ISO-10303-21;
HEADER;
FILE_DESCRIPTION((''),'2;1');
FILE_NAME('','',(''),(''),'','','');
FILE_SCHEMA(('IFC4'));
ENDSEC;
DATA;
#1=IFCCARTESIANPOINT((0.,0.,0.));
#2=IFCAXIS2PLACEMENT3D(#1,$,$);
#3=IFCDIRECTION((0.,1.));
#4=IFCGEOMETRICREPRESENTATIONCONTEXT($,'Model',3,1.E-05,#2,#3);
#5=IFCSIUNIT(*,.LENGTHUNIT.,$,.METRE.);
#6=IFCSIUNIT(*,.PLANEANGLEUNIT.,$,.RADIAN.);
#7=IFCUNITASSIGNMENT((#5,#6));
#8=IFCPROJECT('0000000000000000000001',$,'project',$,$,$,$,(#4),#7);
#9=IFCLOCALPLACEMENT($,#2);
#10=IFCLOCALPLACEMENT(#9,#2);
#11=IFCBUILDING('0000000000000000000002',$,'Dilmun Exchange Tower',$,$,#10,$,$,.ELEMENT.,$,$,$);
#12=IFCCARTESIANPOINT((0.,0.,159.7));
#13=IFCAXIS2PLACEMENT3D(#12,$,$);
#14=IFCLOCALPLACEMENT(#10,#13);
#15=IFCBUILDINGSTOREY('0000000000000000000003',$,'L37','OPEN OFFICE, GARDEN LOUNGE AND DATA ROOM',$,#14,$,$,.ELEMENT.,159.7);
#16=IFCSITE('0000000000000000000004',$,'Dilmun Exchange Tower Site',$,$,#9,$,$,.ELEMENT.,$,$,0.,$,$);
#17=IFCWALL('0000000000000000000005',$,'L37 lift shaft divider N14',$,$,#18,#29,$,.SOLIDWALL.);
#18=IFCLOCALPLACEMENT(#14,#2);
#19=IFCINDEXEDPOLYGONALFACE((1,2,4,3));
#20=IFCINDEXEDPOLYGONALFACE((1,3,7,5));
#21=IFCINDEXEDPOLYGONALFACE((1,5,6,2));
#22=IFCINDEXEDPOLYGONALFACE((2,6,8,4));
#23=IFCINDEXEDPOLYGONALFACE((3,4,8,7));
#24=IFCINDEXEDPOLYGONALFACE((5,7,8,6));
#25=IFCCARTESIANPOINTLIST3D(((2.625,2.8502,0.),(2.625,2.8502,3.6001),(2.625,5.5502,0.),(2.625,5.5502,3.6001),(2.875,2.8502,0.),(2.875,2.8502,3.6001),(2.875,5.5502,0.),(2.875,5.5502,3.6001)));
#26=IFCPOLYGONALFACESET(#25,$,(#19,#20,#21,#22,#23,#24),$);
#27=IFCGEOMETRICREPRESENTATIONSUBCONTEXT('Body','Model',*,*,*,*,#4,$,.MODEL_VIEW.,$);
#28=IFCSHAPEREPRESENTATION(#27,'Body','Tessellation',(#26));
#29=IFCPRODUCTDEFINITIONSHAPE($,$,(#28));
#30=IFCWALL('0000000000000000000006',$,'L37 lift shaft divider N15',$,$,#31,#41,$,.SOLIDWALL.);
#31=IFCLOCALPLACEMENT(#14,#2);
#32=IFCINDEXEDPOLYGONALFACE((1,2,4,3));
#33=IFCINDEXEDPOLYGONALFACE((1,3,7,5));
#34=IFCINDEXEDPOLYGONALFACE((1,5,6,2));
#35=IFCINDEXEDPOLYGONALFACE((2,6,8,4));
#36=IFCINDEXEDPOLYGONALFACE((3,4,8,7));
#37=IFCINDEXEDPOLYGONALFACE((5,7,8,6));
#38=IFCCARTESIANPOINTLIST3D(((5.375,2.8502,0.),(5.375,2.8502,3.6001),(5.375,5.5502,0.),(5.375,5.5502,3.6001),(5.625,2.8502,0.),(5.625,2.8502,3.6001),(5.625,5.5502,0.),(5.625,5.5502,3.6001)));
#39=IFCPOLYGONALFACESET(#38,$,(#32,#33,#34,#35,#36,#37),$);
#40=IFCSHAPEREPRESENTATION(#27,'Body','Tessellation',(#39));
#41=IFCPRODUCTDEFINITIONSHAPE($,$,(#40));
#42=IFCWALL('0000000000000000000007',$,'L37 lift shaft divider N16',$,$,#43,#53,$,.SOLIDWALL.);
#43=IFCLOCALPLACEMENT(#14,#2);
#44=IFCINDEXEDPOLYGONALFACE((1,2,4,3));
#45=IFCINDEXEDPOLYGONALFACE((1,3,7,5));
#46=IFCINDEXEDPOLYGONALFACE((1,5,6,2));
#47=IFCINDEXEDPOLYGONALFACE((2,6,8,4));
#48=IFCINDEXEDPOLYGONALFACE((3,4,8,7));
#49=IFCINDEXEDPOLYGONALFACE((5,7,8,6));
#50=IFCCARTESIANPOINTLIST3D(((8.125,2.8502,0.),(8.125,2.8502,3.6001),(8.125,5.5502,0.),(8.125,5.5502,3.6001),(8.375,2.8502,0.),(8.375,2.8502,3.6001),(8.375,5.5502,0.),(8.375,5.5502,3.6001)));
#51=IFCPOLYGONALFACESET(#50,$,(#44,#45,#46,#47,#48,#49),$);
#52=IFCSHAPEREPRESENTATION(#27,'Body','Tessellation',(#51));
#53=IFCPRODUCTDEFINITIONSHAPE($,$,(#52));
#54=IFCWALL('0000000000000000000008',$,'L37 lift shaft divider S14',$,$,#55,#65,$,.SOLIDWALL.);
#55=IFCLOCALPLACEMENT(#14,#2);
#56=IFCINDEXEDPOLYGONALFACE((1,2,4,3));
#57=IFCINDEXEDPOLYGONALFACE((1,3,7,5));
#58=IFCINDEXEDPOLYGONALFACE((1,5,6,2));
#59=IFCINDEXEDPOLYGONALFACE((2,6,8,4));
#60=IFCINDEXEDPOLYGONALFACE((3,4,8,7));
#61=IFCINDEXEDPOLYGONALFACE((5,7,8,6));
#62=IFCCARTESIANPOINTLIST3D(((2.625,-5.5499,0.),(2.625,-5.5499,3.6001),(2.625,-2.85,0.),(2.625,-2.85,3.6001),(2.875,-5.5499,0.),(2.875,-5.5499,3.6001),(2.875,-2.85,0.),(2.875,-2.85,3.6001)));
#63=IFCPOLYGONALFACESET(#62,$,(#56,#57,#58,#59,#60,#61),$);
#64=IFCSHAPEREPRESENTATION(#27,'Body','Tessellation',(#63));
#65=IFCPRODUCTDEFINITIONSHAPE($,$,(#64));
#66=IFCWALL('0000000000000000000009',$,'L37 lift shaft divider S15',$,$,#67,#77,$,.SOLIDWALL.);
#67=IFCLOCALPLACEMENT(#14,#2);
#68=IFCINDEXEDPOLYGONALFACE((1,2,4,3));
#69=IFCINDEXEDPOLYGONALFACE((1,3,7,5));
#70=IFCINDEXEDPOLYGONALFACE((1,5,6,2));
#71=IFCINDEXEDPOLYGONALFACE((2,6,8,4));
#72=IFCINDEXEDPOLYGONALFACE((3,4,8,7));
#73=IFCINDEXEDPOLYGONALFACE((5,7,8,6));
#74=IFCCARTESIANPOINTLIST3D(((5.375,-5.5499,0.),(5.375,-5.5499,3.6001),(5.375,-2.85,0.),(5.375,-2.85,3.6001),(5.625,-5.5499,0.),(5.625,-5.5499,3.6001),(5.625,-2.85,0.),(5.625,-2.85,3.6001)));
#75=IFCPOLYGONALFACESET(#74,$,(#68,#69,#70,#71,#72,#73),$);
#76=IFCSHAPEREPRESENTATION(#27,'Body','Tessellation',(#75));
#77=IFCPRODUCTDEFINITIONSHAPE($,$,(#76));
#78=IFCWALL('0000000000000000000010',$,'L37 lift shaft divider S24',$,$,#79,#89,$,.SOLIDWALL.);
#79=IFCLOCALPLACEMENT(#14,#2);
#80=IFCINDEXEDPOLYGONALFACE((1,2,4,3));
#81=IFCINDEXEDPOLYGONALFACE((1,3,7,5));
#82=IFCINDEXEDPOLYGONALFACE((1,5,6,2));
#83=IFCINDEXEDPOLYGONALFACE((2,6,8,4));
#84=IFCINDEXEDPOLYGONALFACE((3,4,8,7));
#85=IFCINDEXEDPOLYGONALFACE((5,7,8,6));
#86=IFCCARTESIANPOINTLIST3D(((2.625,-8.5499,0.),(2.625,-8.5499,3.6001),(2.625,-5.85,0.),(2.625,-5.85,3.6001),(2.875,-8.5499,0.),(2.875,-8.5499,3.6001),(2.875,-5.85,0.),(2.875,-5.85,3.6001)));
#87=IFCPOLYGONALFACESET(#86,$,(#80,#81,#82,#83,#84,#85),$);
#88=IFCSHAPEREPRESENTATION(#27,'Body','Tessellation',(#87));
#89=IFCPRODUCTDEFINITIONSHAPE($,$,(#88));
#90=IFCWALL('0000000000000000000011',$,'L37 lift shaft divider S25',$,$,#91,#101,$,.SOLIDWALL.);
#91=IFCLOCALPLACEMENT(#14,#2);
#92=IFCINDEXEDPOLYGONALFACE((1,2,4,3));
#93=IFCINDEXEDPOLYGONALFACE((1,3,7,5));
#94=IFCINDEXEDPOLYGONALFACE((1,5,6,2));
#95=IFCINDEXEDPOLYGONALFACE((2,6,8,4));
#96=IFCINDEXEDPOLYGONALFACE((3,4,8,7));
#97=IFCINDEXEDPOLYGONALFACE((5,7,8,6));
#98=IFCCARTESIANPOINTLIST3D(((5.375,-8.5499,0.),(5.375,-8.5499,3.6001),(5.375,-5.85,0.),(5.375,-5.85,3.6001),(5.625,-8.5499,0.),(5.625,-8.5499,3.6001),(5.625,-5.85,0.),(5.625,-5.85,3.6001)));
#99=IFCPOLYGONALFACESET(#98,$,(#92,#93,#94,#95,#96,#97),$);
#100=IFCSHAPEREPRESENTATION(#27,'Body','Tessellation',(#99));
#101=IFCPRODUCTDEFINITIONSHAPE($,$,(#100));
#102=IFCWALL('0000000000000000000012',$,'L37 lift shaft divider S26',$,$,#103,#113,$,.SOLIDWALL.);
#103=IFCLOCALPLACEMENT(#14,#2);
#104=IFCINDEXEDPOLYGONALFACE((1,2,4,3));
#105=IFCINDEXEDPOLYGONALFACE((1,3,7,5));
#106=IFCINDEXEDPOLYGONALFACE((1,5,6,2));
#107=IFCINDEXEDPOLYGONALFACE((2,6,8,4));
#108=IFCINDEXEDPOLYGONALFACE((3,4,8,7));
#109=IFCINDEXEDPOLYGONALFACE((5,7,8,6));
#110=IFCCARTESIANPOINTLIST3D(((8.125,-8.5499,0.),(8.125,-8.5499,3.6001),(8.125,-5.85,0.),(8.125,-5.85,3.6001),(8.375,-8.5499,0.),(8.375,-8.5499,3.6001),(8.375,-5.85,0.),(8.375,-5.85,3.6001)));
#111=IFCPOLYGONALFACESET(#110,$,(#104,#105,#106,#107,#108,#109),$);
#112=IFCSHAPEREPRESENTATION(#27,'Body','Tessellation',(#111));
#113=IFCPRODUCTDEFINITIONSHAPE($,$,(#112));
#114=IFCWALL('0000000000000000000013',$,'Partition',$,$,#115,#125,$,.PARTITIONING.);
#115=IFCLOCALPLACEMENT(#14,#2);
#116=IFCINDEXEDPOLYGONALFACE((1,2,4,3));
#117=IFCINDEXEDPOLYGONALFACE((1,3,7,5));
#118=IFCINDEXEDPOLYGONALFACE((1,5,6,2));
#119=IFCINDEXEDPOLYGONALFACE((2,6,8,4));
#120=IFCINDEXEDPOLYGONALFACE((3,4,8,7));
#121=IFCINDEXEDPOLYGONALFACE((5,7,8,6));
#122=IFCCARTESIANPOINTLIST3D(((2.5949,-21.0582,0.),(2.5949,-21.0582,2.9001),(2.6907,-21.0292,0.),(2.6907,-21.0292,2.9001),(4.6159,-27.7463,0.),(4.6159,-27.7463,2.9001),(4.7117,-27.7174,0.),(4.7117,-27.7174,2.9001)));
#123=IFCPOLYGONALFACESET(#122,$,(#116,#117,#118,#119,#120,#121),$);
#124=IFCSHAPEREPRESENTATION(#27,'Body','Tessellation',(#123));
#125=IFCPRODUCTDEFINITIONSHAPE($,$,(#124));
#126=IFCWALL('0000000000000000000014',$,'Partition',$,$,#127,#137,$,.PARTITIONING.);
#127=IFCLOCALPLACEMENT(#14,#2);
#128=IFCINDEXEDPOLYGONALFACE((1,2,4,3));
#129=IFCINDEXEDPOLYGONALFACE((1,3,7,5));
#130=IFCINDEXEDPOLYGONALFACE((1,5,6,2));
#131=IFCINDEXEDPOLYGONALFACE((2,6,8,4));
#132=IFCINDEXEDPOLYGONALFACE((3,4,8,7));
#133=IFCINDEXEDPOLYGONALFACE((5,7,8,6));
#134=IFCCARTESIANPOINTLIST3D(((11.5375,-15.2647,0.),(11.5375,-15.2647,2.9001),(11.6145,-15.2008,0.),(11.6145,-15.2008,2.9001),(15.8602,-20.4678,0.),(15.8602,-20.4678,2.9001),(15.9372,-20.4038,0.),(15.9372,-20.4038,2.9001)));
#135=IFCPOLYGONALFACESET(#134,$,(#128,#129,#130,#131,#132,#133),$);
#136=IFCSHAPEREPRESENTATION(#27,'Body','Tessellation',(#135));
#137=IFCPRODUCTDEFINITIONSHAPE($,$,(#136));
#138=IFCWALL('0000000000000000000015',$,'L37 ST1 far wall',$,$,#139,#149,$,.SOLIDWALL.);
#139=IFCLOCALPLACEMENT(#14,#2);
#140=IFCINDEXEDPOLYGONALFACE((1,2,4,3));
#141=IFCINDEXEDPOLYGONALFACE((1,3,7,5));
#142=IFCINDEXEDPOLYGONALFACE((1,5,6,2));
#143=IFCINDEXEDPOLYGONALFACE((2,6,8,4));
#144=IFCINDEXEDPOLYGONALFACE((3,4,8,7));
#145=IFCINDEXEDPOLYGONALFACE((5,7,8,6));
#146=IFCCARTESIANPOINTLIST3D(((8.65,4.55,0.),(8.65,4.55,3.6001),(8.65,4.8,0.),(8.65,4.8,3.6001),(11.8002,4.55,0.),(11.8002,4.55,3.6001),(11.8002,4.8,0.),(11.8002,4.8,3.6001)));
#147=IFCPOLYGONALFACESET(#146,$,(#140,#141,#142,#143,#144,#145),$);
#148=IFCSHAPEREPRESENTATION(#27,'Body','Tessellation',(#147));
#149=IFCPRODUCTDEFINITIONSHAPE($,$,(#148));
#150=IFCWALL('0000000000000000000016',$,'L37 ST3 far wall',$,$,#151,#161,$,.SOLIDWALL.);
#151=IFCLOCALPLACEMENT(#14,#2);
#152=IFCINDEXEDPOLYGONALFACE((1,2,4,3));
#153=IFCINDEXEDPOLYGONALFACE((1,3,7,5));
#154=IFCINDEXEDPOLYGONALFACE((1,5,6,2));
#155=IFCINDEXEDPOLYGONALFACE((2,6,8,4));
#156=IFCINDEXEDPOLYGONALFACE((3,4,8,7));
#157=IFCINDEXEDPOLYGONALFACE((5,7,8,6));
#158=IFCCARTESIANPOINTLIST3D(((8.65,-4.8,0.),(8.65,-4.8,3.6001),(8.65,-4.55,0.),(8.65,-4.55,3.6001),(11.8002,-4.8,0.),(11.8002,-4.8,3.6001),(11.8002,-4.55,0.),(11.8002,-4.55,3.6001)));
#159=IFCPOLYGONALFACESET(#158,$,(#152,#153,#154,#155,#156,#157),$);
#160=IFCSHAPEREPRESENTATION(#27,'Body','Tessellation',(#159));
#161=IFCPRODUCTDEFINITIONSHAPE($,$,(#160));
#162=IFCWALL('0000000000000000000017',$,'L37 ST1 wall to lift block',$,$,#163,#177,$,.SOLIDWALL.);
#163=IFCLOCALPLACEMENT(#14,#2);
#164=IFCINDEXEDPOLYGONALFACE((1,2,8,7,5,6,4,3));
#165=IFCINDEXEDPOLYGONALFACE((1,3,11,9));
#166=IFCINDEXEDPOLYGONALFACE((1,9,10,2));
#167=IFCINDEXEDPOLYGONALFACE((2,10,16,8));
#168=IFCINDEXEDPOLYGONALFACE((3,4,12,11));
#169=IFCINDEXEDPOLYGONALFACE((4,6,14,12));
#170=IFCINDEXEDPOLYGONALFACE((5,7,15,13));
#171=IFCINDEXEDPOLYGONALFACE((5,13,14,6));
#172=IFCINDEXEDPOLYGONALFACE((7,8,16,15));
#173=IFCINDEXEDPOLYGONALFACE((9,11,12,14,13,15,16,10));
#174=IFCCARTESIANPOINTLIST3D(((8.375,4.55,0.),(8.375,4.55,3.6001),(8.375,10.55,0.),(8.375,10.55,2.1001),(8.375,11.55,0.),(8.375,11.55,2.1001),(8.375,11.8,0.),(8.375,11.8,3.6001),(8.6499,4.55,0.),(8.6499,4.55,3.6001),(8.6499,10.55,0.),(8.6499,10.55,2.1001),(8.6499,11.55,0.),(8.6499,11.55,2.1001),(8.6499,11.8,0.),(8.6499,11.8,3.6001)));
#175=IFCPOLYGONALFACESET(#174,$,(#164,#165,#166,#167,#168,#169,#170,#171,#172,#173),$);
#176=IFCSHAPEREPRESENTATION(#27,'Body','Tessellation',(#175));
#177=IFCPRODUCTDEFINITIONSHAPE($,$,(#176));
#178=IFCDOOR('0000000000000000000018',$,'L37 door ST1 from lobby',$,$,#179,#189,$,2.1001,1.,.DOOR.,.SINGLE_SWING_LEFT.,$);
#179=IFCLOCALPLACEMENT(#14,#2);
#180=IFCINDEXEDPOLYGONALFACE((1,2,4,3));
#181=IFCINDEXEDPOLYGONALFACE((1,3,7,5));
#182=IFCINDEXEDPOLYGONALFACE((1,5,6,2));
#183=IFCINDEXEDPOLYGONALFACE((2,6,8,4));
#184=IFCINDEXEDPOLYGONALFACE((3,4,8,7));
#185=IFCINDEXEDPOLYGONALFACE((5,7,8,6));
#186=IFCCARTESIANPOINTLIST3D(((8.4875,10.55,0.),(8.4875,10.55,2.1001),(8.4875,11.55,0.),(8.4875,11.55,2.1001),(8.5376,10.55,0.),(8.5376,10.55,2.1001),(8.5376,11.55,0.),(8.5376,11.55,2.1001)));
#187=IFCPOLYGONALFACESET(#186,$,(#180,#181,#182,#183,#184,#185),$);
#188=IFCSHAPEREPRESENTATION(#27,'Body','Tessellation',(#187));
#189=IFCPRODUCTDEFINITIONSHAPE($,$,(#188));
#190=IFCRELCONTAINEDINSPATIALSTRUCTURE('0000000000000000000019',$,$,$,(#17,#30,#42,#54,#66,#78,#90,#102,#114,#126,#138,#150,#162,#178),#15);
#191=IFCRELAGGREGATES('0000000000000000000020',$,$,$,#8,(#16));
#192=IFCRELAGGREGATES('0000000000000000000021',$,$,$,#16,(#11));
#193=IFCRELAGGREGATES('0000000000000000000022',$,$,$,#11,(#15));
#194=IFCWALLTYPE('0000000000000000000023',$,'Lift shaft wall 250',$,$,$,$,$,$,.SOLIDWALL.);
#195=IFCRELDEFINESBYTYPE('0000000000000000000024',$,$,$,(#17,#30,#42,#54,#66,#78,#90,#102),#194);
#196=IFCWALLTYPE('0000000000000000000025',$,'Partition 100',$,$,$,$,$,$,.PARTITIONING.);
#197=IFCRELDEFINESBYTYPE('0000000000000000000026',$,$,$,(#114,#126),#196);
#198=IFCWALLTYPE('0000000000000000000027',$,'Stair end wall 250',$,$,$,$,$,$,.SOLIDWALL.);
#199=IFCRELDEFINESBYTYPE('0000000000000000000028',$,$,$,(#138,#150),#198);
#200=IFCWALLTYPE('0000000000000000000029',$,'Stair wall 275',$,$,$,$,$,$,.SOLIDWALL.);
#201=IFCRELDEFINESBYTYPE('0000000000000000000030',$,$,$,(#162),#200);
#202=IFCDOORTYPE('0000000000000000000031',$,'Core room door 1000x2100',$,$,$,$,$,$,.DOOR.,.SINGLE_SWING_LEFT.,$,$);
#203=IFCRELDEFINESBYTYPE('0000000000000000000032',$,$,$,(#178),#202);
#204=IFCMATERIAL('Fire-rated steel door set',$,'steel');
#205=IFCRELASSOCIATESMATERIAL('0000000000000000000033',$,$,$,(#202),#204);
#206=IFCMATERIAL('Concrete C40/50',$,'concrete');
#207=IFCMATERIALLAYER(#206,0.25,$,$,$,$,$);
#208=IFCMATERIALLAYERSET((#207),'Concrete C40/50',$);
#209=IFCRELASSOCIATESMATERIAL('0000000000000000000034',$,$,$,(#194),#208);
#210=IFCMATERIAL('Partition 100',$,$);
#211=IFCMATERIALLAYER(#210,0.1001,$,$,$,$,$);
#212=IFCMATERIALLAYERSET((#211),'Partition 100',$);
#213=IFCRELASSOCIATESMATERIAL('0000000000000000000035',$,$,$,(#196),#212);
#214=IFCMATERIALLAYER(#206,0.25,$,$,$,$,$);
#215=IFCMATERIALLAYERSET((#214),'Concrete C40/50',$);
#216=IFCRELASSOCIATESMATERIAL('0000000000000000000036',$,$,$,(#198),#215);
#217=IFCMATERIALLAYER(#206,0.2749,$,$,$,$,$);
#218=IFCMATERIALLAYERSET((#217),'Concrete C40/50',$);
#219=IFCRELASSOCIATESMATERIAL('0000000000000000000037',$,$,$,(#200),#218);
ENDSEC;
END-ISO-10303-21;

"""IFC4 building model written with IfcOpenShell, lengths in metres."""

from ifc_helpers import new_model, si_unit, direction, frame, frame_2d, origin, place, context, subcontext, project, spatial, rectangle, extrude, material, layer, layer_set, type_object, element, fill, save


model = new_model("IFC4")

# Units and contexts
model_context = context("Model", 3, precision=1e-05, world=origin(), true_north=direction((0.0, 1.0)))
body_context = subcontext(model_context, "Body", "Model", "MODEL_VIEW")
ifc_project = project(units=[si_unit("LENGTHUNIT", "METRE"), si_unit("PLANEANGLEUNIT", "RADIAN")], contexts=[model_context])

# Site, building, storey
site_placement = place(None, origin())
site = spatial("IfcSite", under=ifc_project, at=site_placement, Name="Dilmun Exchange Tower Site", CompositionType="ELEMENT", RefElevation=0.0)
building_placement = place(site_placement, origin())
building = spatial("IfcBuilding", under=site, at=building_placement, Name="Dilmun Exchange Tower", CompositionType="ELEMENT")
storey_placement = place(building_placement, frame((0.0, 0.0, 159.7)))
storey = spatial("IfcBuildingStorey", under=building, at=storey_placement, Name="L37", Description="OPEN OFFICE, GARDEN LOUNGE AND DATA ROOM", CompositionType="ELEMENT", Elevation=159.7)

# Shared definitions
ifc_material_1 = material(Name="Concrete C40/50", Category="concrete")

# Shared definitions
ifc_material_2 = material(Name="Fire-rated steel door set", Category="steel")
door_type_1 = type_object("IfcDoorType", Name="Core room door 1000x2100", OperationType="SINGLE_SWING_LEFT", PredefinedType="DOOR", material=ifc_material_2)

# Walls
ifc_layer_1 = layer(ifc_material_1, 0.25)
ifc_layer_set_1 = layer_set([ifc_layer_1], Name="Concrete C40/50")
wall_type_1 = type_object("IfcWallType", Name="Lift shaft wall 250", PredefinedType="SOLIDWALL", material=ifc_layer_set_1)
for number, where, z_axis, x_axis, name in (
    (1, (2.75, 2.8501, 0.0), (0.0, 0.0, 1.0), (0.0, 1.0, 0.0), "L37 lift shaft divider N14"),
    (2, (5.5, 2.8501, 0.0), (0.0, 0.0, 1.0), (0.0, 1.0, 0.0), "L37 lift shaft divider N15"),
    (3, (8.25, 2.8501, 0.0), (0.0, 0.0, 1.0), (0.0, 1.0, 0.0), "L37 lift shaft divider N16"),
    (4, (2.75, -5.55, 0.0), (0.0, 0.0, 1.0), (0.0, 1.0, 0.0), "L37 lift shaft divider S14"),
    (5, (5.5, -5.55, 0.0), (0.0, 0.0, 1.0), (0.0, 1.0, 0.0), "L37 lift shaft divider S15"),
    (6, (2.75, -8.55, 0.0), (0.0, 0.0, 1.0), (0.0, 1.0, 0.0), "L37 lift shaft divider S24"),
    (7, (5.5, -8.55, 0.0), (0.0, 0.0, 1.0), (0.0, 1.0, 0.0), "L37 lift shaft divider S25"),
    (8, (8.25, -8.55, 0.0), (0.0, 0.0, 1.0), (0.0, 1.0, 0.0), "L37 lift shaft divider S26"),
):
    element("IfcWall", number, at=place(storey_placement, frame(where, z_axis=z_axis, x_axis=x_axis)), inside=storey, type_object=wall_type_1, Name=name, PredefinedType="SOLIDWALL", context=body_context, shape_type="SweptSolid", body=[
        extrude(rectangle(XDim=2.7, YDim=0.25, at=frame_2d((1.3501, 0.0))), origin(), (0.0, 0.0, 1.0), 3.6001),
    ])
ifc_material_3 = material(Name="Partition 100")
ifc_layer_2 = layer(ifc_material_3, 0.1001)
ifc_layer_set_2 = layer_set([ifc_layer_2], Name="Partition 100")
wall_type_2 = type_object("IfcWallType", Name="Partition 100", PredefinedType="PARTITIONING", material=ifc_layer_set_2)
wall_1_placement = place(storey_placement, frame((2.6428, -21.0437, 0.0), z_axis=(0.0, 0.0, 1.0), x_axis=(0.289255, -0.957252, 0.0)))
element("IfcWall", 9, at=wall_1_placement, inside=storey, type_object=wall_type_2, Name="Partition", PredefinedType="PARTITIONING", context=body_context, shape_type="SweptSolid", body=[
    extrude(rectangle(XDim=6.9868, YDim=0.1001, at=frame_2d((3.4934, 0.0))), origin(), (0.0, 0.0, 1.0), 2.9001),
])
wall_2_placement = place(storey_placement, frame((11.5759, -15.2327, 0.0), z_axis=(0.0, 0.0, 1.0), x_axis=(0.639033, -0.769179, 0.0)))
element("IfcWall", 10, at=wall_2_placement, inside=storey, type_object=wall_type_2, Name="Partition", PredefinedType="PARTITIONING", context=body_context, shape_type="SweptSolid", body=[
    extrude(rectangle(XDim=6.7644, YDim=0.1001, at=frame_2d((3.3823, 0.0))), origin(), (0.0, 0.0, 1.0), 2.9001),
])
ifc_layer_3 = layer(ifc_material_1, 0.25)
ifc_layer_set_3 = layer_set([ifc_layer_3], Name="Concrete C40/50")
wall_type_3 = type_object("IfcWallType", Name="Stair end wall 250", PredefinedType="SOLIDWALL", material=ifc_layer_set_3)
for number, where, z_axis, x_axis, name in (
    (11, (8.6499, 4.675, 0.0), (0.0, 0.0, 1.0), (1.0, 0.0, 0.0), "L37 ST1 far wall"),
    (12, (8.6499, -4.675, 0.0), (0.0, 0.0, 1.0), (1.0, 0.0, 0.0), "L37 ST3 far wall"),
):
    element("IfcWall", number, at=place(storey_placement, frame(where, z_axis=z_axis, x_axis=x_axis)), inside=storey, type_object=wall_type_3, Name=name, PredefinedType="SOLIDWALL", context=body_context, shape_type="SweptSolid", body=[
        extrude(rectangle(XDim=3.1501, YDim=0.25, at=frame_2d((1.5752, 0.0))), origin(), (0.0, 0.0, 1.0), 3.6001),
    ])

# Wall, opening, door
ifc_layer_4 = layer(ifc_material_1, 0.2749)
ifc_layer_set_4 = layer_set([ifc_layer_4], Name="Concrete C40/50")
wall_type_4 = type_object("IfcWallType", Name="Stair wall 275", PredefinedType="SOLIDWALL", material=ifc_layer_set_4)
wall_3_placement = place(storey_placement, frame((8.5125, 4.55, 0.0), z_axis=(0.0, 0.0, 1.0), x_axis=(0.0, 1.0, 0.0)))
wall_3 = element("IfcWall", 13, at=wall_3_placement, inside=storey, type_object=wall_type_4, Name="L37 ST1 wall to lift block", PredefinedType="SOLIDWALL", context=body_context, shape_type="SweptSolid", body=[
    extrude(rectangle(XDim=7.25, YDim=0.2749, at=frame_2d((3.625, 0.0))), origin(), (0.0, 0.0, 1.0), 3.6001),
])
opening_1_placement = place(wall_3_placement, frame((6.0, 0.0, 0.0)))
opening_1 = element("IfcOpeningElement", 14, at=opening_1_placement, cuts=wall_3, PredefinedType="OPENING", context=body_context, shape_type="SweptSolid", body=[
    extrude(rectangle(XDim=1.0, YDim=2.1001, at=frame_2d((0.5, 1.05))), frame((0.0, 0.1475, 0.0), z_axis=(0.0, -1.0, 0.0), x_axis=(1.0, 0.0, 0.0)), (0.0, 0.0, 1.0), 0.2949),
])
door_1_placement = place(opening_1_placement, origin())
door_1 = element("IfcDoor", 15, at=door_1_placement, inside=storey, type_object=door_type_1, Name="L37 door ST1 from lobby", OperationType="SINGLE_SWING_LEFT", OverallHeight=2.1001, OverallWidth=1.0, PredefinedType="DOOR", context=body_context, shape_type="SweptSolid", body=[
    extrude(rectangle(XDim=1.0, YDim=2.1001, at=frame_2d((0.5, 1.05))), frame((0.0, 0.0249, 0.0), z_axis=(0.0, -1.0, 0.0), x_axis=(1.0, 0.0, 0.0)), (0.0, 0.0, 1.0), 0.05),
])
fill(opening_1, door_1)

save(model, "model.ifc")
